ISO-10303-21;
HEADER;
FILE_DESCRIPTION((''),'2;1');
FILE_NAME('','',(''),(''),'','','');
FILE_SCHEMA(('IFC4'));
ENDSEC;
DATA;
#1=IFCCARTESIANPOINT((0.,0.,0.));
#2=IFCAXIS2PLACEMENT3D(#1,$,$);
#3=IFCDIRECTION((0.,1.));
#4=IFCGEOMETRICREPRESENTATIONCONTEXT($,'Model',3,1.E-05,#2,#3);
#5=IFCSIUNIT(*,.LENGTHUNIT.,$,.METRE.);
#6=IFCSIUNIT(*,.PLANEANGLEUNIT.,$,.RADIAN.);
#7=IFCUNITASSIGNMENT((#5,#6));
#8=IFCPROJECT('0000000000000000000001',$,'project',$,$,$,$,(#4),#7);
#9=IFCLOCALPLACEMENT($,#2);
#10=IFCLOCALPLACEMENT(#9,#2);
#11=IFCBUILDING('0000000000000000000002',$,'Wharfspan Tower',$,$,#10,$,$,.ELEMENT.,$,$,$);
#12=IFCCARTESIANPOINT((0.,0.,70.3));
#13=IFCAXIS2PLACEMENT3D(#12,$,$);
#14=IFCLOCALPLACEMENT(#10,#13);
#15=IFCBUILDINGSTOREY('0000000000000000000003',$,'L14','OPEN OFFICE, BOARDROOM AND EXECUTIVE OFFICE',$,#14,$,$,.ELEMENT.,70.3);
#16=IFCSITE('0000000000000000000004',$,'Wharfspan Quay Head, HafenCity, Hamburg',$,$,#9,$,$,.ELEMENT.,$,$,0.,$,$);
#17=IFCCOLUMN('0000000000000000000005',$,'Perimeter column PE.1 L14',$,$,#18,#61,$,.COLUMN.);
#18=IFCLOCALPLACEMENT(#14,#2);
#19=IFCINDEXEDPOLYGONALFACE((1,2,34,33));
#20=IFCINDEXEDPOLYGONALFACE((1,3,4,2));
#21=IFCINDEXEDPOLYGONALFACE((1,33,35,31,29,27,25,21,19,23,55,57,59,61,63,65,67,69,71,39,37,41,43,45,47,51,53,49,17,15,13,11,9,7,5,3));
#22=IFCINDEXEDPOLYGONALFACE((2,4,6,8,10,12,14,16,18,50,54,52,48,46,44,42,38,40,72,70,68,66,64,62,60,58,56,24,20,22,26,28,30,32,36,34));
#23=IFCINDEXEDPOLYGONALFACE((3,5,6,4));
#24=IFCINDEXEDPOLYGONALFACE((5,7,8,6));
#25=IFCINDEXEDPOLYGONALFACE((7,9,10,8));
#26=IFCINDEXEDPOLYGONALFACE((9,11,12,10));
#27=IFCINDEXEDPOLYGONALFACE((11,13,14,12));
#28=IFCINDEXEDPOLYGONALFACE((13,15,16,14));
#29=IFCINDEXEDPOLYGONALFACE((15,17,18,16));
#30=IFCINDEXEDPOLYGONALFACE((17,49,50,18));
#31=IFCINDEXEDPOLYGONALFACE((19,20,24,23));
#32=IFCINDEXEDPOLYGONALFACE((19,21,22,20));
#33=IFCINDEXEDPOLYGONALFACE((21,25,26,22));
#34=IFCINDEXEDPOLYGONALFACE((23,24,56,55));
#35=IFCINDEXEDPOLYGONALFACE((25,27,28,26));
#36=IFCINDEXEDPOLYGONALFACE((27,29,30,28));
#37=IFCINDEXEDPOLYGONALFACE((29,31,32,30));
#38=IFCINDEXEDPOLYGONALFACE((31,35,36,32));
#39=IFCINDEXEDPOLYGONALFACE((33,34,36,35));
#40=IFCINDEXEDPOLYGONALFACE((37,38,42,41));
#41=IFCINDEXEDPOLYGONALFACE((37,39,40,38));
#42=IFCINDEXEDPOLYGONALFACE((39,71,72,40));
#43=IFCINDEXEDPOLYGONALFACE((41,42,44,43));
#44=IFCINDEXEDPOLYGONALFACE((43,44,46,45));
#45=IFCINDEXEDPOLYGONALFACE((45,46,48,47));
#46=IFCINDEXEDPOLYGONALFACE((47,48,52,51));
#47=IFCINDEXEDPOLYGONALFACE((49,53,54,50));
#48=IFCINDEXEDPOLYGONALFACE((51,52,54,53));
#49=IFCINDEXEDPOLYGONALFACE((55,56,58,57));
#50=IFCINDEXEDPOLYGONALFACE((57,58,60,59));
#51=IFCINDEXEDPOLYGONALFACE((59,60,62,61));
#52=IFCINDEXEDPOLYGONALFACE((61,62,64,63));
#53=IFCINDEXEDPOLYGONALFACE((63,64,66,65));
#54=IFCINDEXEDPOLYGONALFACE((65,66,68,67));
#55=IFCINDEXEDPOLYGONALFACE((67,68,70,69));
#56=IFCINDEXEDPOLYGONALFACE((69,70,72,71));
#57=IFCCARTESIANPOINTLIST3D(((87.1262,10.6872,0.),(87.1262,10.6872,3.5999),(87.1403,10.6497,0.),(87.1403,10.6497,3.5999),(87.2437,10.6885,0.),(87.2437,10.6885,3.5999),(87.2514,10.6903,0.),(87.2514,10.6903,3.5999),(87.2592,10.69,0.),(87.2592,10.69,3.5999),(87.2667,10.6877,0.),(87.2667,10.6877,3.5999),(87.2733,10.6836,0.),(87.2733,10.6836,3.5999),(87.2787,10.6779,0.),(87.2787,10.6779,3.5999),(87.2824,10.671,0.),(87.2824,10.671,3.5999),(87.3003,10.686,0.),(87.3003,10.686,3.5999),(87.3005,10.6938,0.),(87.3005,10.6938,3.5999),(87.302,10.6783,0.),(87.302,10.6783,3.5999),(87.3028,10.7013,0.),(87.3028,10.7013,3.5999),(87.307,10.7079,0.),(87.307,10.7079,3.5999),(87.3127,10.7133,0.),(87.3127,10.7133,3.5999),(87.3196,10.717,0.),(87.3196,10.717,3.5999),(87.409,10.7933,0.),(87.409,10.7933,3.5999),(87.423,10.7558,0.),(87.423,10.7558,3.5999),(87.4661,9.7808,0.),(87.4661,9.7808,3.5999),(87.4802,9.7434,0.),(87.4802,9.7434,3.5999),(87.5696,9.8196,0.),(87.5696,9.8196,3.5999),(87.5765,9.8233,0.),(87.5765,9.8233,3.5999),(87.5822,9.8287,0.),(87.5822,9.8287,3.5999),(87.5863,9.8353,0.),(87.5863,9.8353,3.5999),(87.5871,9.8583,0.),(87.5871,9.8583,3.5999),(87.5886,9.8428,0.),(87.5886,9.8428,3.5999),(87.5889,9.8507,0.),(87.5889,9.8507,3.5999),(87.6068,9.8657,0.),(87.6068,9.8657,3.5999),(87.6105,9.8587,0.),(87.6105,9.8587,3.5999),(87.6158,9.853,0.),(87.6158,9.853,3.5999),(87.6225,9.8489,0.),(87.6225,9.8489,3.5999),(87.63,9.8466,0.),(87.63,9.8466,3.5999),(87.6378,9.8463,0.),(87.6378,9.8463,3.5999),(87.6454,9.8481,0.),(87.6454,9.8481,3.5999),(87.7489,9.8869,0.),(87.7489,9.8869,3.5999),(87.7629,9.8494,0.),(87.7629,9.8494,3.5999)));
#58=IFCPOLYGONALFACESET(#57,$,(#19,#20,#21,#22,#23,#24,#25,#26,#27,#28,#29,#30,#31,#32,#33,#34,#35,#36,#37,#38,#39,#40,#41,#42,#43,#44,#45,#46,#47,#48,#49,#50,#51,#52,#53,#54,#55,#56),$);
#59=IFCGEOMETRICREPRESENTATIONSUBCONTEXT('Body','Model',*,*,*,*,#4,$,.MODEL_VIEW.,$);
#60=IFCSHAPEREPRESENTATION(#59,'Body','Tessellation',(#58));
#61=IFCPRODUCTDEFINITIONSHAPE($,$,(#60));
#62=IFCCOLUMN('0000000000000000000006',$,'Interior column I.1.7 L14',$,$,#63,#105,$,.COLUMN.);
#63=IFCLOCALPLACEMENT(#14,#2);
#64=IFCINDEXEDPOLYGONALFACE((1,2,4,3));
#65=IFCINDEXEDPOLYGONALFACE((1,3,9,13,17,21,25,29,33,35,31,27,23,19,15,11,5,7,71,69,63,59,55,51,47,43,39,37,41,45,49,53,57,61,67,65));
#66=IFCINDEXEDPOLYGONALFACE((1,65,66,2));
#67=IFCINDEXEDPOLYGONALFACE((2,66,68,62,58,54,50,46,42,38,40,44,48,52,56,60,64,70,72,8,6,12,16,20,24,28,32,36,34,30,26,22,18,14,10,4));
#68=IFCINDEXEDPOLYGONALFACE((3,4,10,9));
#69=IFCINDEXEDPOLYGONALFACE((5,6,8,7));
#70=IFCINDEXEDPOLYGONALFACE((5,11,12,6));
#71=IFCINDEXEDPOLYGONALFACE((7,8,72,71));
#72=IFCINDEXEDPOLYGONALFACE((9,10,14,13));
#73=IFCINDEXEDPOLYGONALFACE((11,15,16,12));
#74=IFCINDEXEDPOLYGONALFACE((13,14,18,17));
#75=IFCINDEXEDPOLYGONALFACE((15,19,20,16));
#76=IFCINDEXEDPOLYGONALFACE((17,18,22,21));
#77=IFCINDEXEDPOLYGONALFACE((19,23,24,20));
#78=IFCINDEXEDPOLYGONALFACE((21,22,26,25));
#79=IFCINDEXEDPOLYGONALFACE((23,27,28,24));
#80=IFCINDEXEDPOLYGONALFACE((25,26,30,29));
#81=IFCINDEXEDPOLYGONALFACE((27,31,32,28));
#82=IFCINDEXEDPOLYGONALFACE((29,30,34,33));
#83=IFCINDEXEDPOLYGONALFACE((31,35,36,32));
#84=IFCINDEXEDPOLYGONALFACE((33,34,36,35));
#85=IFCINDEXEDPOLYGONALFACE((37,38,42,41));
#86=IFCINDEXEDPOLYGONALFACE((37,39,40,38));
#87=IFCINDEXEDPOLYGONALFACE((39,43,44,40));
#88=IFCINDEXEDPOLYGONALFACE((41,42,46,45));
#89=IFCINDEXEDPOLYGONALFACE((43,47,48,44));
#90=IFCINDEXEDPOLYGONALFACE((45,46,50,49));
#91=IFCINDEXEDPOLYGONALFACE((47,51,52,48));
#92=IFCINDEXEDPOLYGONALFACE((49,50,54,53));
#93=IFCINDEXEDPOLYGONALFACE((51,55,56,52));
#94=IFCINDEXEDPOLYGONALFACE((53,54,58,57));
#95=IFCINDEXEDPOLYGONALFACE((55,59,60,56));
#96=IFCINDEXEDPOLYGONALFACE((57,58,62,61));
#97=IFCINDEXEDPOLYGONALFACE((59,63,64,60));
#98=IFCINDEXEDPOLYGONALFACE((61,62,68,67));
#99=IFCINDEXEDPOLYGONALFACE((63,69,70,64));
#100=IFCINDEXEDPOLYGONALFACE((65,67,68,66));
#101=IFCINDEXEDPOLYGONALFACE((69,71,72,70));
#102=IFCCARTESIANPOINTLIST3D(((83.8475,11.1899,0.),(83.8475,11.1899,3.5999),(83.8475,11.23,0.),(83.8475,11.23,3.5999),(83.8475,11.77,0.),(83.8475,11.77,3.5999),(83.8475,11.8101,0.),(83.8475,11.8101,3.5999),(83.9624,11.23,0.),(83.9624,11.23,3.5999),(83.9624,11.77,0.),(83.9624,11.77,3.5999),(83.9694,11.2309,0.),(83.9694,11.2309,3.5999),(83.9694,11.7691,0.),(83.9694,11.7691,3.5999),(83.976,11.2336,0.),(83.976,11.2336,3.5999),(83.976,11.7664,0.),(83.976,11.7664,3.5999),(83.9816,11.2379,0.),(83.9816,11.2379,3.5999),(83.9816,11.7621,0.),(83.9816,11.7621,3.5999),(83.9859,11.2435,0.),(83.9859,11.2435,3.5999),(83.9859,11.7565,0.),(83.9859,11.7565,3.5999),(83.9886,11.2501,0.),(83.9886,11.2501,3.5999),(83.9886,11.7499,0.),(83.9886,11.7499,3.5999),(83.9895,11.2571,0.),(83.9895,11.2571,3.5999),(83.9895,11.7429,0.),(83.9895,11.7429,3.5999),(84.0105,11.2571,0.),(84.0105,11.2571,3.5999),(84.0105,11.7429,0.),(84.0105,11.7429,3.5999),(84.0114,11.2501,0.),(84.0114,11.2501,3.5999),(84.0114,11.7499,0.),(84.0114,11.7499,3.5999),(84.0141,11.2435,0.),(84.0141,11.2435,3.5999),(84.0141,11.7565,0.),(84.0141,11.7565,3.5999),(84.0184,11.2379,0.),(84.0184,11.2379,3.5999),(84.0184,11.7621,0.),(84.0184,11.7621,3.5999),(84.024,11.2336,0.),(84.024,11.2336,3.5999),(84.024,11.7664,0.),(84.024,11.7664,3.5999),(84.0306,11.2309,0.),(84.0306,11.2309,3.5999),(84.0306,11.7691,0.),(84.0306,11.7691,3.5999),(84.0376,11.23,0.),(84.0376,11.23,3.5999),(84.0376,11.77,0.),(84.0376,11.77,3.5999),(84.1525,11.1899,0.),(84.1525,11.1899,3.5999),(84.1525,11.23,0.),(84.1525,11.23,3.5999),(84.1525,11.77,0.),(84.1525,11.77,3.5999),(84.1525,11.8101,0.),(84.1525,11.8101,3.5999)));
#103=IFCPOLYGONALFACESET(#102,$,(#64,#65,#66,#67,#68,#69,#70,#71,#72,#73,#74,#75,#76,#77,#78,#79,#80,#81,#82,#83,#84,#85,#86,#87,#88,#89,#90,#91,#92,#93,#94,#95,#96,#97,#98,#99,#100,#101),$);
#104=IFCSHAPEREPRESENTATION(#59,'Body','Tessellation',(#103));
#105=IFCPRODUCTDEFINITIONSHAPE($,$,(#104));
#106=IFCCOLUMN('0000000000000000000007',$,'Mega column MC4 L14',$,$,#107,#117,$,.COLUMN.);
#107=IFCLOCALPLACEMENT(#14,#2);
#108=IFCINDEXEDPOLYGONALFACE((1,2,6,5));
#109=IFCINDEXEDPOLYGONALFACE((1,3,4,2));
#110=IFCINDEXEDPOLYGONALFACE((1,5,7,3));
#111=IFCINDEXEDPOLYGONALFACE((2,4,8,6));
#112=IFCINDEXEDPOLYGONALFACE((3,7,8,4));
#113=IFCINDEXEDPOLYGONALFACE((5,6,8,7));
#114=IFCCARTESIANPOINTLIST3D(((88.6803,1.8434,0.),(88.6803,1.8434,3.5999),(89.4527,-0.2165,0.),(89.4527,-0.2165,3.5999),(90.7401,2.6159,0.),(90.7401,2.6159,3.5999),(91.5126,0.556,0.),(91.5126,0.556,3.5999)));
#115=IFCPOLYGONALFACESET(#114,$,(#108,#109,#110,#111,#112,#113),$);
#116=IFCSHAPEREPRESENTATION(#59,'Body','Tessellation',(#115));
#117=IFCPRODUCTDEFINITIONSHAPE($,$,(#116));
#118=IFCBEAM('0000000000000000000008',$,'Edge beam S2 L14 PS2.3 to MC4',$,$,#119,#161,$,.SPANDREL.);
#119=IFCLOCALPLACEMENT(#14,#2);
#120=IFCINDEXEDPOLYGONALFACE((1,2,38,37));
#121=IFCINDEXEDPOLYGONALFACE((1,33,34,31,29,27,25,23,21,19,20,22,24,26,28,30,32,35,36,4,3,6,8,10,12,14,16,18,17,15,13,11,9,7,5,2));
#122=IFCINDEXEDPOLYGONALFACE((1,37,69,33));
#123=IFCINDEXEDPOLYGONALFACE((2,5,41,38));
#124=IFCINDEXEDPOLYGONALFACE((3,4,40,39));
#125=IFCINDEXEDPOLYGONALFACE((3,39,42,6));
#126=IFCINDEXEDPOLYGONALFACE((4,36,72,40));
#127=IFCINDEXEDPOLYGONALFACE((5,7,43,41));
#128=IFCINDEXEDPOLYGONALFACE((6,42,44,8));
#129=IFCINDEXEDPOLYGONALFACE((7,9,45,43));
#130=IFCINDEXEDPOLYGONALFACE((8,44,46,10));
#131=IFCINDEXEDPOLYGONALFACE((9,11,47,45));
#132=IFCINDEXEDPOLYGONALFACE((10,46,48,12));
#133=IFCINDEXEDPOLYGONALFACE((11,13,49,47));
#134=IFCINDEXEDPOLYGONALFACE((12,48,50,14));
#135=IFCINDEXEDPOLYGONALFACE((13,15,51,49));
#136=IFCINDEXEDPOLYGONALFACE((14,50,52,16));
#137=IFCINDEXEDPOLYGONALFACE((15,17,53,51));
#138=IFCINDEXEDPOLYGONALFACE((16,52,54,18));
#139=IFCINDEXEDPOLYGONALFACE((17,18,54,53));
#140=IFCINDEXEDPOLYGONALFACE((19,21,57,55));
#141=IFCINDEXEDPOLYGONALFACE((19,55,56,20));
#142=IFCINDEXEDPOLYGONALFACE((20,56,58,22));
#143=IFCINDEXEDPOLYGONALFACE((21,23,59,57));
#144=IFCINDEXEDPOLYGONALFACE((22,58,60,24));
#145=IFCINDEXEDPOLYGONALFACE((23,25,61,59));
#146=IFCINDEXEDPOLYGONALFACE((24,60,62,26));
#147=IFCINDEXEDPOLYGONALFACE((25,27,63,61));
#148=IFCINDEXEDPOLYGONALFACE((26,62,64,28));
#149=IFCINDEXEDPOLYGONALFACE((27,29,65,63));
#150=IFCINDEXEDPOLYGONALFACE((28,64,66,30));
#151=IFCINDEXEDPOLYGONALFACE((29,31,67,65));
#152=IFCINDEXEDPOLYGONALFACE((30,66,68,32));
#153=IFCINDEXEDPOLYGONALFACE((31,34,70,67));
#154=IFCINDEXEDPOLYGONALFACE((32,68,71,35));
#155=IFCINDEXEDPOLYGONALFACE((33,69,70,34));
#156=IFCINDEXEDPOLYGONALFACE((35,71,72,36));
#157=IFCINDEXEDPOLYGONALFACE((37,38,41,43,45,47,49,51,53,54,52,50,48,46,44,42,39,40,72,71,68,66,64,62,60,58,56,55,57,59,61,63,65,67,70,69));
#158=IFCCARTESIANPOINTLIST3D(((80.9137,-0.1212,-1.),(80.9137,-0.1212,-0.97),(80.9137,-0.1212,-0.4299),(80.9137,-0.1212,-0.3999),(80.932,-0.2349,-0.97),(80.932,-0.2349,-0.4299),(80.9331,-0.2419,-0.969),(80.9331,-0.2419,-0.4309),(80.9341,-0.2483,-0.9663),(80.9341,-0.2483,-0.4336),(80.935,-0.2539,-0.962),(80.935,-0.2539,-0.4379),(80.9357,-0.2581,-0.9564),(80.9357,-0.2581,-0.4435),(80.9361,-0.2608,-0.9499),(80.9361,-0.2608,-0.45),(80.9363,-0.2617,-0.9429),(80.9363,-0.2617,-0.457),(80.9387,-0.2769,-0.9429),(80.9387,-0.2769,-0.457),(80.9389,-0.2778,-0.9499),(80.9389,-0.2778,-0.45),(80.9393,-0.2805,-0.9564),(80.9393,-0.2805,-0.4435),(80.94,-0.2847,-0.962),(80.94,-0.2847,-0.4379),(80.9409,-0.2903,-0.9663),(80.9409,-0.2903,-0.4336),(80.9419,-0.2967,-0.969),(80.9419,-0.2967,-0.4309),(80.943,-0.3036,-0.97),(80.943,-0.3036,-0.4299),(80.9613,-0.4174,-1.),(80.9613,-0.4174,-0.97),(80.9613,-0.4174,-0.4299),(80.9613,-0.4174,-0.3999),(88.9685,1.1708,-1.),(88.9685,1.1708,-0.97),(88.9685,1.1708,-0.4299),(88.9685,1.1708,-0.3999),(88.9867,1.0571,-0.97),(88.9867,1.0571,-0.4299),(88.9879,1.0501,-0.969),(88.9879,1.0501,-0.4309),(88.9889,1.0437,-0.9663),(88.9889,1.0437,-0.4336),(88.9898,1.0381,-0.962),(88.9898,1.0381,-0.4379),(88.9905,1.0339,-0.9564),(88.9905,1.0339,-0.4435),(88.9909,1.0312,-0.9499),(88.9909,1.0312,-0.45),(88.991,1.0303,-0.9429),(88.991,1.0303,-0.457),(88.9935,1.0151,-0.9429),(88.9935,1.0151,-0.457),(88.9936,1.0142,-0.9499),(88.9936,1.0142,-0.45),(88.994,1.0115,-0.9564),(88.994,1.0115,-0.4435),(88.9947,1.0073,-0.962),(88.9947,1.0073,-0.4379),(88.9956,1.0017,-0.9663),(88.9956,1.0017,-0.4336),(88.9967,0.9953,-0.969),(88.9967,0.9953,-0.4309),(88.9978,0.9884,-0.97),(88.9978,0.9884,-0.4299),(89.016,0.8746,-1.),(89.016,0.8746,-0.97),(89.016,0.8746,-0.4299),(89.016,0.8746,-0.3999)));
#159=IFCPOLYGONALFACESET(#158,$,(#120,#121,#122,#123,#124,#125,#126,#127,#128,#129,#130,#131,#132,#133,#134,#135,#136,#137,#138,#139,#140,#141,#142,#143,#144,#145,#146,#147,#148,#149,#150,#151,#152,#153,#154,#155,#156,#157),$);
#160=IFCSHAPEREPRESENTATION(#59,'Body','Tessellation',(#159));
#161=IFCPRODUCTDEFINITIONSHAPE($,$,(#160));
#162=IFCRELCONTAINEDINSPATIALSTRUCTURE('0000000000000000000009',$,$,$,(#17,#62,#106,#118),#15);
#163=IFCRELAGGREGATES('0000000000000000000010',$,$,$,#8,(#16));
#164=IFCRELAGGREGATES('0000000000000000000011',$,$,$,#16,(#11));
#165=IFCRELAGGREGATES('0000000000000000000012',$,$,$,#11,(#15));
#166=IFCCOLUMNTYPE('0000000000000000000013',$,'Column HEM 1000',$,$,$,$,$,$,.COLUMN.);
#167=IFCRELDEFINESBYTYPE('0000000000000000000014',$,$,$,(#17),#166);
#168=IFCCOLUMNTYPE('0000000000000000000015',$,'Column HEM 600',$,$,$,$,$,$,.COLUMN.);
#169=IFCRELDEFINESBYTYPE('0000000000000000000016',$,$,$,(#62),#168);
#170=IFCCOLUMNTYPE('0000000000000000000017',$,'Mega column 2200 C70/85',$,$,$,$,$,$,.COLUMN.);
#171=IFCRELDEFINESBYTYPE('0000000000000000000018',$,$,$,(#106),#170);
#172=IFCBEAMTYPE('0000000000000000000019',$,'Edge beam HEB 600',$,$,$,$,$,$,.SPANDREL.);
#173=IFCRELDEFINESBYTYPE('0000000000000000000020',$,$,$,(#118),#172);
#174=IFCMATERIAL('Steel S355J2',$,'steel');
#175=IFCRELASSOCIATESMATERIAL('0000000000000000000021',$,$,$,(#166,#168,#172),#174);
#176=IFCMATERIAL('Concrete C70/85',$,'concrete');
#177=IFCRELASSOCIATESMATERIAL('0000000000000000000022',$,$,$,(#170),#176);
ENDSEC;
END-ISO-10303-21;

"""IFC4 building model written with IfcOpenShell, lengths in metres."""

from ifc_helpers import new_model, si_unit, direction, frame, origin, origin_2d, place, context, subcontext, project, spatial, rectangle, i_section, extrude, material, material_profile, profile_set, type_object, element, save


model = new_model("IFC4")

# Units and contexts
model_context = context("Model", 3, precision=1e-05, world=origin(), true_north=direction((0.0, 1.0)))
body_context = subcontext(model_context, "Body", "Model", "MODEL_VIEW")
ifc_project = project(units=[si_unit("LENGTHUNIT", "METRE"), si_unit("PLANEANGLEUNIT", "RADIAN")], contexts=[model_context])

# Site, building, storey
site_placement = place(None, origin())
site = spatial("IfcSite", under=ifc_project, at=site_placement, Name="Wharfspan Quay Head, HafenCity, Hamburg", CompositionType="ELEMENT", RefElevation=0.0)
building_placement = place(site_placement, origin())
building = spatial("IfcBuilding", under=site, at=building_placement, Name="Wharfspan Tower", CompositionType="ELEMENT")
storey_placement = place(building_placement, frame((0.0, 0.0, 70.3)))
storey = spatial("IfcBuildingStorey", under=building, at=storey_placement, Name="L14", Description="OPEN OFFICE, BOARDROOM AND EXECUTIVE OFFICE", CompositionType="ELEMENT", Elevation=70.3)

# Columns
ifc_material_1 = material(Name="Steel S355J2", Category="steel")
ifc_material_profile_1 = material_profile(ifc_material_1, i_section(OverallWidth=0.302, OverallDepth=1.0081, WebThickness=0.021, FlangeThickness=0.04, FilletRadius=0.03, at=origin_2d()))
ifc_profile_set_1 = profile_set([ifc_material_profile_1], Name="Steel S355J2")
column_type_1 = type_object("IfcColumnType", Name="Column HEM 1000", PredefinedType="COLUMN", material=ifc_profile_set_1)
column_1_placement = place(storey_placement, frame((87.4446, 10.2683, 0.0), z_axis=(0.0, 0.0, 1.0), x_axis=(0.936328, 0.351123, 0.0)))
element("IfcColumn", 1, at=column_1_placement, inside=storey, type_object=column_type_1, Name="Perimeter column PE.1 L14", PredefinedType="COLUMN", context=body_context, shape_type="SweptSolid", body=[
    extrude(i_section(OverallWidth=0.302, OverallDepth=1.0081, WebThickness=0.021, FlangeThickness=0.04, FilletRadius=0.03, at=origin_2d()), origin(), (0.0, 0.0, 1.0), 3.5999),
])
ifc_material_profile_2 = material_profile(ifc_material_1, i_section(OverallWidth=0.3049, OverallDepth=0.6201, WebThickness=0.021, FlangeThickness=0.04, FilletRadius=0.0271, at=origin_2d()))
ifc_profile_set_2 = profile_set([ifc_material_profile_2], Name="Steel S355J2")
column_type_2 = type_object("IfcColumnType", Name="Column HEM 600", PredefinedType="COLUMN", material=ifc_profile_set_2)
column_2_placement = place(storey_placement, frame((84.0, 11.5, 0.0), z_axis=(0.0, 0.0, 1.0), x_axis=(1.0, 0.0, 0.0)))
element("IfcColumn", 2, at=column_2_placement, inside=storey, type_object=column_type_2, Name="Interior column I.1.7 L14", PredefinedType="COLUMN", context=body_context, shape_type="SweptSolid", body=[
    extrude(i_section(OverallWidth=0.3049, OverallDepth=0.6201, WebThickness=0.021, FlangeThickness=0.04, FilletRadius=0.0271, at=origin_2d()), origin(), (0.0, 0.0, 1.0), 3.5999),
])
ifc_material_2 = material(Name="Concrete C70/85", Category="concrete")
ifc_material_profile_3 = material_profile(ifc_material_2, rectangle(XDim=2.2, YDim=2.2, at=origin_2d()))
ifc_profile_set_3 = profile_set([ifc_material_profile_3], Name="Concrete C70/85")
column_type_3 = type_object("IfcColumnType", Name="Mega column 2200 C70/85", PredefinedType="COLUMN", material=ifc_profile_set_3)
column_3_placement = place(storey_placement, frame((90.0964, 1.1997, 0.0), z_axis=(0.0, 0.0, 1.0), x_axis=(-0.351123, 0.936328, 0.0)))
element("IfcColumn", 3, at=column_3_placement, inside=storey, type_object=column_type_3, Name="Mega column MC4 L14", PredefinedType="COLUMN", context=body_context, shape_type="SweptSolid", body=[
    extrude(rectangle(XDim=2.2, YDim=2.2, at=origin_2d()), origin(), (0.0, 0.0, 1.0), 3.5999),
])

# Beam
ifc_material_profile_4 = material_profile(ifc_material_1, i_section(OverallWidth=0.3, OverallDepth=0.6001, WebThickness=0.0154, FlangeThickness=0.03, FilletRadius=0.0271, at=origin_2d()))
ifc_profile_set_4 = profile_set([ifc_material_profile_4], Name="Steel S355J2")
beam_type = type_object("IfcBeamType", Name="Edge beam HEB 600", PredefinedType="SPANDREL", material=ifc_profile_set_4)
beam_1_placement = place(storey_placement, frame((80.9375, -0.2693, -0.7), z_axis=(0.987379, 0.158378, 0.0), x_axis=(-0.158378, 0.987379, 0.0)))
element("IfcBeam", 4, at=beam_1_placement, inside=storey, type_object=beam_type, Name="Edge beam S2 L14 PS2.3 to MC4", PredefinedType="SPANDREL", context=body_context, shape_type="SweptSolid", body=[
    extrude(i_section(OverallWidth=0.3, OverallDepth=0.6001, WebThickness=0.0154, FlangeThickness=0.03, FilletRadius=0.0271, at=origin_2d()), origin(), (0.0, 0.0, 1.0), 8.1577),
])

save(model, "model.ifc")
